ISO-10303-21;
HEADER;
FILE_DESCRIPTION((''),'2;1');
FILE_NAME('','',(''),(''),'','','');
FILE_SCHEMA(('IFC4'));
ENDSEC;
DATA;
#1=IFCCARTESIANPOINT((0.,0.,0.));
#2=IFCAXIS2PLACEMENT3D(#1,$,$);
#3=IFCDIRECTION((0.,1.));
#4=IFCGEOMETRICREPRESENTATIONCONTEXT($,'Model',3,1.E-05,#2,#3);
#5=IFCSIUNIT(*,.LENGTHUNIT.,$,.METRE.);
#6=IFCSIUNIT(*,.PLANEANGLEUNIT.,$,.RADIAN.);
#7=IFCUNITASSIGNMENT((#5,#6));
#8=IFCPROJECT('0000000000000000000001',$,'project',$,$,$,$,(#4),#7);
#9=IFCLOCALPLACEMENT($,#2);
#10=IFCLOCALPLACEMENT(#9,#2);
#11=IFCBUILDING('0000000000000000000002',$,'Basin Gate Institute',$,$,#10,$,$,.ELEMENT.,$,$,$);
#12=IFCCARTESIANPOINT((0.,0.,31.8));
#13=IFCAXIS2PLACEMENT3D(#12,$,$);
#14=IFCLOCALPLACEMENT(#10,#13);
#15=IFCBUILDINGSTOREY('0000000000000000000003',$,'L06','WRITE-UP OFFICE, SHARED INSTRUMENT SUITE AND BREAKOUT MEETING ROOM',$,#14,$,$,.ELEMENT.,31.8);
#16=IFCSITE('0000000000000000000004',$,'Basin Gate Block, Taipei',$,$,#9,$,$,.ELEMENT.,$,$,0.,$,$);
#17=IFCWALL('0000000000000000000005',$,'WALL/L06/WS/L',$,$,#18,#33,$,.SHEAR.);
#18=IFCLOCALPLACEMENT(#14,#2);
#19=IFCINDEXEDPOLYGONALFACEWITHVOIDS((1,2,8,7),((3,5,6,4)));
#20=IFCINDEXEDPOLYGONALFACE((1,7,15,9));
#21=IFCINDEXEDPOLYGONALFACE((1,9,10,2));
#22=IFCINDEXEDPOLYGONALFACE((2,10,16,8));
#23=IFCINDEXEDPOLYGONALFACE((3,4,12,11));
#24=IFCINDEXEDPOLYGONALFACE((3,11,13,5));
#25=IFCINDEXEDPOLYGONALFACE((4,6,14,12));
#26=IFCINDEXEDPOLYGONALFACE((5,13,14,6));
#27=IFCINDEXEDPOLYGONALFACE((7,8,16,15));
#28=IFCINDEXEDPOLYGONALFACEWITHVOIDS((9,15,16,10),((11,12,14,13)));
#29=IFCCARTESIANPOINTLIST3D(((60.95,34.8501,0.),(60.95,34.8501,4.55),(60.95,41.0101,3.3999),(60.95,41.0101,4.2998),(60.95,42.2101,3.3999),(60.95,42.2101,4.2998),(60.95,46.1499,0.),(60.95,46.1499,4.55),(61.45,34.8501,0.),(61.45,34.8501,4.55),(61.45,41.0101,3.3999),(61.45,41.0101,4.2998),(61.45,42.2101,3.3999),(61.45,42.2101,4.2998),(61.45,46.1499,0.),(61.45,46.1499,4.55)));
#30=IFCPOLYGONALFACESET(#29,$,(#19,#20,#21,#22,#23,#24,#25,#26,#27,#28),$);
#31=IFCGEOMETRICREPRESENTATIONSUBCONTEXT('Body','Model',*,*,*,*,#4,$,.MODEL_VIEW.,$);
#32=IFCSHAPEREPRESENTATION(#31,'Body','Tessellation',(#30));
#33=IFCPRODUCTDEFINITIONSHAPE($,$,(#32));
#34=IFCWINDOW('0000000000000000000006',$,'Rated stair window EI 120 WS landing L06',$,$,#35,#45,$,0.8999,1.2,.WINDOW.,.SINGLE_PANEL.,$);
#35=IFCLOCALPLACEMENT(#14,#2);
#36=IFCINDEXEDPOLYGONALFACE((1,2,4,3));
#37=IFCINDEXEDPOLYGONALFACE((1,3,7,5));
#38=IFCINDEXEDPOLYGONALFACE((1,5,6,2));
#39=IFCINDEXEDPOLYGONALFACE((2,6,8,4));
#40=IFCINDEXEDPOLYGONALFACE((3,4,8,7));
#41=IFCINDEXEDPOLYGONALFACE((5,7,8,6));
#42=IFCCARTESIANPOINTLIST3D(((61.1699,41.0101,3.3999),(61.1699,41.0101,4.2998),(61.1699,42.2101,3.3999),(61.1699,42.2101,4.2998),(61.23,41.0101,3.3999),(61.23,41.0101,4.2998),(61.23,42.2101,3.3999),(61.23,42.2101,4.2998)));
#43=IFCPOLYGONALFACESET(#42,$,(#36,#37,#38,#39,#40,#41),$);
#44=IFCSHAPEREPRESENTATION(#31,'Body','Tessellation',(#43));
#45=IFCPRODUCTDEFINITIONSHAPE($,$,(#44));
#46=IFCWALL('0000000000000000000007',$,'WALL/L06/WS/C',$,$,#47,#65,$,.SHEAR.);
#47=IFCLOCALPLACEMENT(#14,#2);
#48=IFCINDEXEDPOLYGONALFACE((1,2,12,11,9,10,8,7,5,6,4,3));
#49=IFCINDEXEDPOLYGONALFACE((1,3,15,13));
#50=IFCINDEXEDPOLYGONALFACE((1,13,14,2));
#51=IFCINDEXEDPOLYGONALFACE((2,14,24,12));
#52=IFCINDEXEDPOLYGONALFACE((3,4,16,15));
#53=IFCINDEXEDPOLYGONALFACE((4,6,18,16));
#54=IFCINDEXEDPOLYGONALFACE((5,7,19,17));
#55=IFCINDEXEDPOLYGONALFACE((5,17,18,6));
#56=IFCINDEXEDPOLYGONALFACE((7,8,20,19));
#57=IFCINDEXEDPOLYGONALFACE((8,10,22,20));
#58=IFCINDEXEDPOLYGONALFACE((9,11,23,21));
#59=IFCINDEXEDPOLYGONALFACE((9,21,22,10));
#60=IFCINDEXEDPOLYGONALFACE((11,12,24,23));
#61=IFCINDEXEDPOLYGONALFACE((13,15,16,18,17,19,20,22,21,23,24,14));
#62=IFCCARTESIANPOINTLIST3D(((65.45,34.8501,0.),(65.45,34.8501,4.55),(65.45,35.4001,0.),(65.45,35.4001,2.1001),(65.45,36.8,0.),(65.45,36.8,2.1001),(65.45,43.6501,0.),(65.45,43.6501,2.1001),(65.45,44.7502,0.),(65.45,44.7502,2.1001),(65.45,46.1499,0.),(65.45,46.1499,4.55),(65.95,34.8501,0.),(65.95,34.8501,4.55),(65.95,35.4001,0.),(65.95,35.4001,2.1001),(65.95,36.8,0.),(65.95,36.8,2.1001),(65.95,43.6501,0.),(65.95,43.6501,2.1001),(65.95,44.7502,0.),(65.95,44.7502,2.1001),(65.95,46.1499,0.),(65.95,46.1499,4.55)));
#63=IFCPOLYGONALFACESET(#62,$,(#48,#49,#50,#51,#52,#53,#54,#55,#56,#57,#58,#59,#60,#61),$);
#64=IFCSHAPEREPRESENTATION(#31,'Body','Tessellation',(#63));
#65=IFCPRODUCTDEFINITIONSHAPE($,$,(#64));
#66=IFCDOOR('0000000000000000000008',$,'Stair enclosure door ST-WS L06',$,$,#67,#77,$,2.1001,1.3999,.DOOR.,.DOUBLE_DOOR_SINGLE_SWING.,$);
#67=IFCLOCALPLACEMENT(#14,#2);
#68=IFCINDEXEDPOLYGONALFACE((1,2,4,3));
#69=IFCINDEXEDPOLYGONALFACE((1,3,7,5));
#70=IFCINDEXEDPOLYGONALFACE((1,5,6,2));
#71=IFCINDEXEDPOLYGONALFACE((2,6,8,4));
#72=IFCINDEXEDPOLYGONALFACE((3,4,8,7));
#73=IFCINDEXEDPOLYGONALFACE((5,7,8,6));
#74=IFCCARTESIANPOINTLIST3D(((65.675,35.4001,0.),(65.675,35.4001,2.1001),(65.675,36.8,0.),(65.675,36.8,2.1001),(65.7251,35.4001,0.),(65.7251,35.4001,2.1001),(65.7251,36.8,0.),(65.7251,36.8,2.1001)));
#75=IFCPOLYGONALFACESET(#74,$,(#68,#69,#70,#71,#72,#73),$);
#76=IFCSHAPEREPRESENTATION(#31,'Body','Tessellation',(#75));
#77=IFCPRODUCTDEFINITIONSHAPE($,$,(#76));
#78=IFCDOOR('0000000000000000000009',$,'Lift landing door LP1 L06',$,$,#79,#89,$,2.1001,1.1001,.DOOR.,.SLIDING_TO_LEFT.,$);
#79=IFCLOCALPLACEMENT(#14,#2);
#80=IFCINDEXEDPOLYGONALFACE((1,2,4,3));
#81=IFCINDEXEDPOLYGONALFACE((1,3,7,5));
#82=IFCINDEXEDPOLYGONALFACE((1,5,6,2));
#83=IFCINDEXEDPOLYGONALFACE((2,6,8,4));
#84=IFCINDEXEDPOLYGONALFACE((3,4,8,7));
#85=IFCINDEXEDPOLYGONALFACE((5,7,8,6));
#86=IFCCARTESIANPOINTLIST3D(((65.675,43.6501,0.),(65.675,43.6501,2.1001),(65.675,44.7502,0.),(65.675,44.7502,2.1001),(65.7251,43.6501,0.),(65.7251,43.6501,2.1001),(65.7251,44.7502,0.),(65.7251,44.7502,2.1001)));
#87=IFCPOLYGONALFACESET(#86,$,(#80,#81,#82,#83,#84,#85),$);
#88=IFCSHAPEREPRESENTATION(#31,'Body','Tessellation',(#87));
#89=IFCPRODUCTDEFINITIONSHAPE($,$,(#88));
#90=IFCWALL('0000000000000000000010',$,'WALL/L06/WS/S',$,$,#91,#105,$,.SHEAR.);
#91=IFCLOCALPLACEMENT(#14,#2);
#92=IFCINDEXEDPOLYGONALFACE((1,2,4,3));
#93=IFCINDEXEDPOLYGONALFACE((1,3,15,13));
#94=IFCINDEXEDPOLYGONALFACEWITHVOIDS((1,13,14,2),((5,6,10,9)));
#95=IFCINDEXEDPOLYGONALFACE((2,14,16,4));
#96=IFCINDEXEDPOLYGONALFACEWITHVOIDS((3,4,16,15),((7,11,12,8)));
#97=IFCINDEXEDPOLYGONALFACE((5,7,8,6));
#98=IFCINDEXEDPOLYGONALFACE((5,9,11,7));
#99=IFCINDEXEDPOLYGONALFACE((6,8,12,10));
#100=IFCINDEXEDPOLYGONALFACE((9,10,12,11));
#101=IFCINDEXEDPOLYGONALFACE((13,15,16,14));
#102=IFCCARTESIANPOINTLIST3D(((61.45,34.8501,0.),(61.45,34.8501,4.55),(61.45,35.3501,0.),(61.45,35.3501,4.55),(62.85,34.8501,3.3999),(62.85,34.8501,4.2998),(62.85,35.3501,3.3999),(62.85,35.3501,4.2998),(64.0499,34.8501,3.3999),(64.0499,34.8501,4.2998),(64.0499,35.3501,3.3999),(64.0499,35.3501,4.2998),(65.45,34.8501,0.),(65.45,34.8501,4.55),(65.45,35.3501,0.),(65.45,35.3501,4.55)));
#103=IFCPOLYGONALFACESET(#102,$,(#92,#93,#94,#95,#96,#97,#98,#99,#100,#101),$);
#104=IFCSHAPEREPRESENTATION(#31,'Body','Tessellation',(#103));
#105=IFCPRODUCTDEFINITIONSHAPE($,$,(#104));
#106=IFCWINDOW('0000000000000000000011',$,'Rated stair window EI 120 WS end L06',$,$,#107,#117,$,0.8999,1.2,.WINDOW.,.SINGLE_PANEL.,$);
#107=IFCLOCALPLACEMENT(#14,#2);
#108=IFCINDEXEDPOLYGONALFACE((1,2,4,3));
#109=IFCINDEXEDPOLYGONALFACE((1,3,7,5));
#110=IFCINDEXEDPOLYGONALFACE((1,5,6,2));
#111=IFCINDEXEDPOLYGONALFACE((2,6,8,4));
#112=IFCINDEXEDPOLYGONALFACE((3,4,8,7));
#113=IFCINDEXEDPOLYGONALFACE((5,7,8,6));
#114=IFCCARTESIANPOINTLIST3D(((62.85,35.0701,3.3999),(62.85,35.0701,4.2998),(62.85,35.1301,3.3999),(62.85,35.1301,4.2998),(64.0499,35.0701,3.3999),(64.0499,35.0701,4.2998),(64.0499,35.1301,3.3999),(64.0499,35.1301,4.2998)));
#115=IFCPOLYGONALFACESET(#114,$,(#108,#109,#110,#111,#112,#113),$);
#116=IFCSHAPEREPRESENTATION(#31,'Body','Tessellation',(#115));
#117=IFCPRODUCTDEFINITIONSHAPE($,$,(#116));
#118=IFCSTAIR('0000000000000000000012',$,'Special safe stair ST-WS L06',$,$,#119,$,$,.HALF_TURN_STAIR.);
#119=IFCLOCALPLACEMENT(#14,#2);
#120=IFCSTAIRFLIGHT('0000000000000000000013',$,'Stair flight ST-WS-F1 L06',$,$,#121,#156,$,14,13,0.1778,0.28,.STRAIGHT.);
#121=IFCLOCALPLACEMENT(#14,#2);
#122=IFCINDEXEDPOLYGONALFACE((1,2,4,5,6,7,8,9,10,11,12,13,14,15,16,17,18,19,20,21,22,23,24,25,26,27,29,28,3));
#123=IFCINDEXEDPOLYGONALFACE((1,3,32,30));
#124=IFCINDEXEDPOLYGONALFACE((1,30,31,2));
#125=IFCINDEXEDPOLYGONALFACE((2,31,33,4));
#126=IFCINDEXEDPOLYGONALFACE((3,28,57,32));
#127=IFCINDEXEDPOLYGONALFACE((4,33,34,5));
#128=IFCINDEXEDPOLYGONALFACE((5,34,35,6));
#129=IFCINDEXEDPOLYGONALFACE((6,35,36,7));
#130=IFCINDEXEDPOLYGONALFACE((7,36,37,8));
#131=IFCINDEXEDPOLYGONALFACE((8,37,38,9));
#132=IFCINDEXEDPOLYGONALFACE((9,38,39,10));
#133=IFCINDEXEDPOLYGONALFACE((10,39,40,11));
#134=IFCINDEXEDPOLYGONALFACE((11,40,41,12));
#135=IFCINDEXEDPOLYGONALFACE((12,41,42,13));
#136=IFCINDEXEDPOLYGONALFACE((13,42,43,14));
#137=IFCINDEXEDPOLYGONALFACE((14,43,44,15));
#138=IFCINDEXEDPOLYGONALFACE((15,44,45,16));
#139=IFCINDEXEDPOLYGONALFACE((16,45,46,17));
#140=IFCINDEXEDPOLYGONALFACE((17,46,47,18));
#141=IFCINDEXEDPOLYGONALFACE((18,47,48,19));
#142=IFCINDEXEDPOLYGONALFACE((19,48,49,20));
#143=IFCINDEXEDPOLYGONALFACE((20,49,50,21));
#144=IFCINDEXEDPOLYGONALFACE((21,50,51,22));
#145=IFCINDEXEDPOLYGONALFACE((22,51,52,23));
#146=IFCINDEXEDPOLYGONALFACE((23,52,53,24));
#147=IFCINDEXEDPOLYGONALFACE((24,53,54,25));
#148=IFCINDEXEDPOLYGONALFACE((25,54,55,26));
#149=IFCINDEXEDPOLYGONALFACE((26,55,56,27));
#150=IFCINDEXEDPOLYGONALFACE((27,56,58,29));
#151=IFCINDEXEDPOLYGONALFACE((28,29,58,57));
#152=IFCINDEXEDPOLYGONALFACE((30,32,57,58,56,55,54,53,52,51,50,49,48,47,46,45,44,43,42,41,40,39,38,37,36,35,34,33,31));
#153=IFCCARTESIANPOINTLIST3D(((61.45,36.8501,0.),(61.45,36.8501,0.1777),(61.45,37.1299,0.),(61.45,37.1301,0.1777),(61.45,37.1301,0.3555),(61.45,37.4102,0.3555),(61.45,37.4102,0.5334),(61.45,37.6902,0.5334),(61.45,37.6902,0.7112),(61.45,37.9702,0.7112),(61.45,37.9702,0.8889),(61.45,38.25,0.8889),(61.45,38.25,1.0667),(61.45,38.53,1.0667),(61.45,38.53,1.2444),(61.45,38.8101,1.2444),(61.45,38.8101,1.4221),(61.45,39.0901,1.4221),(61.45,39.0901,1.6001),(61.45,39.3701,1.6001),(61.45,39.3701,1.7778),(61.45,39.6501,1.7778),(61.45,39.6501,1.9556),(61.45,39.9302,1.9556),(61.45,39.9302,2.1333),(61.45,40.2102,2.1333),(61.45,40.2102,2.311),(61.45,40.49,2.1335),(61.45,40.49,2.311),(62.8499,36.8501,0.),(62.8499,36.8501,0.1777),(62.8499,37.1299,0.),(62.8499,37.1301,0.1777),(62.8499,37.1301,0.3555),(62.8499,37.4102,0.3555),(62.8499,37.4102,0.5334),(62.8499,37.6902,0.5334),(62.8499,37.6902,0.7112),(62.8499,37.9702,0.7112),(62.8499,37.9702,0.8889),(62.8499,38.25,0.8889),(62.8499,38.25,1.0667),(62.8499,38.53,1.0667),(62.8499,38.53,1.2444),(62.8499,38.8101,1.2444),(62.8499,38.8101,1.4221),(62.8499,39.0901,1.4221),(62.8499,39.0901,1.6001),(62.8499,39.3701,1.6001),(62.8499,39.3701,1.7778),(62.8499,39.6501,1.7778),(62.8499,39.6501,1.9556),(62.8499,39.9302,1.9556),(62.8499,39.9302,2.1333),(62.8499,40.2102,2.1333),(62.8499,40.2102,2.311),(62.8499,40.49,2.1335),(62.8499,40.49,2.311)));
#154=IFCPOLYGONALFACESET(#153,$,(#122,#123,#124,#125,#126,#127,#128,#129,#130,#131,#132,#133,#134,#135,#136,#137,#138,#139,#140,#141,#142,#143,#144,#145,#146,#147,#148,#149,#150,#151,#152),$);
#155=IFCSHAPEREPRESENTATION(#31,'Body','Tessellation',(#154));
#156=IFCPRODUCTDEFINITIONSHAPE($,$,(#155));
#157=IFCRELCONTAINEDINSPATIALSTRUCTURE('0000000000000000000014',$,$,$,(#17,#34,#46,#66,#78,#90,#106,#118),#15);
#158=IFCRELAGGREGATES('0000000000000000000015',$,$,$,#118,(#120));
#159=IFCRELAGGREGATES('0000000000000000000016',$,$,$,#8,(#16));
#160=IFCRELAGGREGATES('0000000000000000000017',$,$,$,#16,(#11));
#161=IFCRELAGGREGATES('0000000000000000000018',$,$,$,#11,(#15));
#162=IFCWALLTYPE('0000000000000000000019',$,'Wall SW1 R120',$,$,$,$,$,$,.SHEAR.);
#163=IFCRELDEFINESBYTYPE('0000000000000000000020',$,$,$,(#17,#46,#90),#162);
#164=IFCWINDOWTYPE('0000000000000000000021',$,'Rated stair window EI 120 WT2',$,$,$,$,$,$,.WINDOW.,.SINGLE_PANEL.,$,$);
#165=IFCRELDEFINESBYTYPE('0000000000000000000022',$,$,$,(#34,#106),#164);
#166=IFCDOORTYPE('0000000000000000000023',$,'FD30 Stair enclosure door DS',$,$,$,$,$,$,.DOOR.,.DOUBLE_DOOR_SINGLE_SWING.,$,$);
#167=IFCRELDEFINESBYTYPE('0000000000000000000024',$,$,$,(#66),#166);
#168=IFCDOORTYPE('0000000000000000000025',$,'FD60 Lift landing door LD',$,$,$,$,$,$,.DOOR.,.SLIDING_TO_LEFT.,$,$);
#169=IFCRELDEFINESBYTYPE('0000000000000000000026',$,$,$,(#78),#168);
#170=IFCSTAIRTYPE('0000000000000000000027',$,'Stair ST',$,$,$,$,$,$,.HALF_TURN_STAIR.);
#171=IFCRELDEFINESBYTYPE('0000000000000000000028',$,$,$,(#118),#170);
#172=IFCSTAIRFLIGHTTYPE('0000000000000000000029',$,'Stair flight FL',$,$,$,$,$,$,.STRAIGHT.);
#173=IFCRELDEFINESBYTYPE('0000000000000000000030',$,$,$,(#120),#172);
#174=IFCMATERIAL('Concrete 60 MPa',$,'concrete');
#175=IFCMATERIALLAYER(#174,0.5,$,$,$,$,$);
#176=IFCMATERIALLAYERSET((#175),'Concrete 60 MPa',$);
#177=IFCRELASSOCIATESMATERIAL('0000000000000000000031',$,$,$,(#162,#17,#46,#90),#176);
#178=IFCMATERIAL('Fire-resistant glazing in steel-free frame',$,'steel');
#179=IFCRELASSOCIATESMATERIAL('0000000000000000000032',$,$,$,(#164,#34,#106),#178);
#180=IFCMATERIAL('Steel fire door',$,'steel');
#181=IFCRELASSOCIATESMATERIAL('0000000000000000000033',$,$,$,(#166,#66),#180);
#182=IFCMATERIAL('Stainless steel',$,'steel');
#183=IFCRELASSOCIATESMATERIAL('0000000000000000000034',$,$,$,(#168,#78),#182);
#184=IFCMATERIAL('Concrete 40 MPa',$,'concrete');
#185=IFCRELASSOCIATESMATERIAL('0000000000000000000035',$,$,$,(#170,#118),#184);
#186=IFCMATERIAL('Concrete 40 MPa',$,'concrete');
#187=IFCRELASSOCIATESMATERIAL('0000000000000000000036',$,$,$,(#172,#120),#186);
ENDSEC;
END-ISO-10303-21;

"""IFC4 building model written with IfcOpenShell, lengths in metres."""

from ifc_helpers import new_model, si_unit, direction, frame, frame_2d, origin, place, context, subcontext, project, spatial, polyline, rectangle, outline, extrude, material, layer, layer_set, type_object, element, fill, aggregate, save


model = new_model("IFC4")

# Units and contexts
model_context = context("Model", 3, precision=1e-05, world=origin(), true_north=direction((0.0, 1.0)))
body_context = subcontext(model_context, "Body", "Model", "MODEL_VIEW")
ifc_project = project(units=[si_unit("LENGTHUNIT", "METRE"), si_unit("PLANEANGLEUNIT", "RADIAN")], contexts=[model_context])

# Site, building, storey
site_placement = place(None, origin())
site = spatial("IfcSite", under=ifc_project, at=site_placement, Name="Basin Gate Block, Taipei", CompositionType="ELEMENT", RefElevation=0.0)
building_placement = place(site_placement, origin())
building = spatial("IfcBuilding", under=site, at=building_placement, Name="Basin Gate Institute", CompositionType="ELEMENT")
storey_placement = place(building_placement, frame((0.0, 0.0, 31.8)))
storey = spatial("IfcBuildingStorey", under=building, at=storey_placement, Name="L06", Description="WRITE-UP OFFICE, SHARED INSTRUMENT SUITE AND BREAKOUT MEETING ROOM", CompositionType="ELEMENT", Elevation=31.8)

# Wall, opening, window
ifc_material_1 = material(Name="Concrete 60 MPa", Category="concrete")
ifc_layer_1 = layer(ifc_material_1, 0.5)
ifc_layer_set_1 = layer_set([ifc_layer_1], Name="Concrete 60 MPa")
wall_type_1 = type_object("IfcWallType", Name="Wall SW1 R120", PredefinedType="SHEAR", material=ifc_layer_set_1)
wall_1_placement = place(storey_placement, frame((61.2, 34.8501, 0.0), z_axis=(0.0, 0.0, 1.0), x_axis=(0.0, 1.0, 0.0)))
wall_1 = element("IfcWall", 1, at=wall_1_placement, inside=storey, type_object=wall_type_1, material=ifc_layer_set_1, Name="WALL/L06/WS/L", PredefinedType="SHEAR", context=body_context, shape_type="SweptSolid", body=[
    extrude(rectangle(XDim=11.2998, YDim=0.5, at=frame_2d((5.6499, 0.0))), origin(), (0.0, 0.0, 1.0), 4.55),
])
opening_1_placement = place(wall_1_placement, frame((6.1599, 0.0, 3.3999)))
opening_1 = element("IfcOpeningElement", 2, at=opening_1_placement, cuts=wall_1, PredefinedType="OPENING", context=body_context, shape_type="SweptSolid", body=[
    extrude(rectangle(XDim=1.2, YDim=0.8999, at=frame_2d((0.6001, 0.45))), frame((0.0, 0.26, 0.0), z_axis=(0.0, -1.0, 0.0), x_axis=(1.0, 0.0, 0.0)), (0.0, 0.0, 1.0), 0.52),
])
ifc_material_2 = material(Name="Fire-resistant glazing in steel-free frame", Category="steel")
window_type_1 = type_object("IfcWindowType", Name="Rated stair window EI 120 WT2", PartitioningType="SINGLE_PANEL", PredefinedType="WINDOW", material=ifc_material_2)
window_1_placement = place(opening_1_placement, origin())
window_1 = element("IfcWindow", 3, at=window_1_placement, inside=storey, type_object=window_type_1, material=ifc_material_2, Name="Rated stair window EI 120 WS landing L06", OverallHeight=0.8999, OverallWidth=1.2, PartitioningType="SINGLE_PANEL", PredefinedType="WINDOW", context=body_context, shape_type="SweptSolid", body=[
    extrude(rectangle(XDim=1.2, YDim=0.8999, at=frame_2d((0.6001, 0.45))), frame((0.0, 0.03, 0.0), z_axis=(0.0, -1.0, 0.0), x_axis=(1.0, 0.0, 0.0)), (0.0, 0.0, 1.0), 0.0601),
])
fill(opening_1, window_1)

# Wall, openings, doors
wall_2_placement = place(storey_placement, frame((65.7, 34.8501, 0.0), z_axis=(0.0, 0.0, 1.0), x_axis=(0.0, 1.0, 0.0)))
wall_2 = element("IfcWall", 4, at=wall_2_placement, inside=storey, type_object=wall_type_1, material=ifc_layer_set_1, Name="WALL/L06/WS/C", PredefinedType="SHEAR", context=body_context, shape_type="SweptSolid", body=[
    extrude(rectangle(XDim=11.2998, YDim=0.5, at=frame_2d((5.6499, 0.0))), origin(), (0.0, 0.0, 1.0), 4.55),
])
opening_2_placement = place(wall_2_placement, frame((0.55, 0.0, 0.0)))
opening_2 = element("IfcOpeningElement", 5, at=opening_2_placement, cuts=wall_2, PredefinedType="OPENING", context=body_context, shape_type="SweptSolid", body=[
    extrude(rectangle(XDim=1.3999, YDim=2.1001, at=frame_2d((0.7, 1.05))), frame((0.0, 0.26, 0.0), z_axis=(0.0, -1.0, 0.0), x_axis=(1.0, 0.0, 0.0)), (0.0, 0.0, 1.0), 0.52),
])
opening_3_placement = place(wall_2_placement, frame((8.8, 0.0, 0.0)))
opening_3 = element("IfcOpeningElement", 6, at=opening_3_placement, cuts=wall_2, PredefinedType="OPENING", context=body_context, shape_type="SweptSolid", body=[
    extrude(rectangle(XDim=1.1001, YDim=2.1001, at=frame_2d((0.55, 1.05))), frame((0.0, 0.26, 0.0), z_axis=(0.0, -1.0, 0.0), x_axis=(1.0, 0.0, 0.0)), (0.0, 0.0, 1.0), 0.52),
])
ifc_material_3 = material(Name="Steel fire door", Category="steel")
door_type_1 = type_object("IfcDoorType", Name="FD30 Stair enclosure door DS", OperationType="DOUBLE_DOOR_SINGLE_SWING", PredefinedType="DOOR", material=ifc_material_3)
door_1_placement = place(opening_2_placement, origin())
door_1 = element("IfcDoor", 7, at=door_1_placement, inside=storey, type_object=door_type_1, material=ifc_material_3, Name="Stair enclosure door ST-WS L06", OperationType="DOUBLE_DOOR_SINGLE_SWING", OverallHeight=2.1001, OverallWidth=1.3999, PredefinedType="DOOR", context=body_context, shape_type="SweptSolid", body=[
    extrude(rectangle(XDim=1.3999, YDim=2.1001, at=frame_2d((0.7, 1.05))), frame((0.0, 0.0249, 0.0), z_axis=(0.0, -1.0, 0.0), x_axis=(1.0, 0.0, 0.0)), (0.0, 0.0, 1.0), 0.05),
])
fill(opening_2, door_1)
ifc_material_4 = material(Name="Stainless steel", Category="steel")
door_type_2 = type_object("IfcDoorType", Name="FD60 Lift landing door LD", OperationType="SLIDING_TO_LEFT", PredefinedType="DOOR", material=ifc_material_4)
door_2_placement = place(opening_3_placement, origin())
door_2 = element("IfcDoor", 8, at=door_2_placement, inside=storey, type_object=door_type_2, material=ifc_material_4, Name="Lift landing door LP1 L06", OperationType="SLIDING_TO_LEFT", OverallHeight=2.1001, OverallWidth=1.1001, PredefinedType="DOOR", context=body_context, shape_type="SweptSolid", body=[
    extrude(rectangle(XDim=1.1001, YDim=2.1001, at=frame_2d((0.55, 1.05))), frame((0.0, 0.0249, 0.0), z_axis=(0.0, -1.0, 0.0), x_axis=(1.0, 0.0, 0.0)), (0.0, 0.0, 1.0), 0.05),
])
fill(opening_3, door_2)

# Wall, opening, window
wall_3_placement = place(storey_placement, frame((61.45, 35.1001, 0.0), z_axis=(0.0, 0.0, 1.0), x_axis=(1.0, 0.0, 0.0)))
wall_3 = element("IfcWall", 9, at=wall_3_placement, inside=storey, type_object=wall_type_1, material=ifc_layer_set_1, Name="WALL/L06/WS/S", PredefinedType="SHEAR", context=body_context, shape_type="SweptSolid", body=[
    extrude(rectangle(XDim=4.0, YDim=0.5, at=frame_2d((2.0, 0.0))), origin(), (0.0, 0.0, 1.0), 4.55),
])
opening_4_placement = place(wall_3_placement, frame((1.3999, 0.0, 3.3999)))
opening_4 = element("IfcOpeningElement", 10, at=opening_4_placement, cuts=wall_3, PredefinedType="OPENING", context=body_context, shape_type="SweptSolid", body=[
    extrude(rectangle(XDim=1.2, YDim=0.8999, at=frame_2d((0.6001, 0.45))), frame((0.0, 0.26, 0.0), z_axis=(0.0, -1.0, 0.0), x_axis=(1.0, 0.0, 0.0)), (0.0, 0.0, 1.0), 0.52),
])
window_2_placement = place(opening_4_placement, origin())
window_2 = element("IfcWindow", 11, at=window_2_placement, inside=storey, type_object=window_type_1, material=ifc_material_2, Name="Rated stair window EI 120 WS end L06", OverallHeight=0.8999, OverallWidth=1.2, PartitioningType="SINGLE_PANEL", PredefinedType="WINDOW", context=body_context, shape_type="SweptSolid", body=[
    extrude(rectangle(XDim=1.2, YDim=0.8999, at=frame_2d((0.6001, 0.45))), frame((0.0, 0.03, 0.0), z_axis=(0.0, -1.0, 0.0), x_axis=(1.0, 0.0, 0.0)), (0.0, 0.0, 1.0), 0.0601),
])
fill(opening_4, window_2)

# Stair, stair flight
ifc_material_5 = material(Name="Concrete 40 MPa", Category="concrete")
stair_type = type_object("IfcStairType", Name="Stair ST", PredefinedType="HALF_TURN_STAIR", material=ifc_material_5)
stair_placement = place(storey_placement, origin())
stair = element("IfcStair", 12, at=stair_placement, inside=storey, type_object=stair_type, material=ifc_material_5, Name="Special safe stair ST-WS L06", PredefinedType="HALF_TURN_STAIR")
ifc_material_6 = material(Name="Concrete 40 MPa", Category="concrete")
stair_flight_type = type_object("IfcStairFlightType", Name="Stair flight FL", PredefinedType="STRAIGHT", material=ifc_material_6)
stair_flight_1_placement = place(storey_placement, frame((62.1499, 36.8501, 0.0), z_axis=(0.0, 0.0, 1.0), x_axis=(0.0, 1.0, 0.0)))
stair_flight_1 = element("IfcStairFlight", 13, at=stair_flight_1_placement, type_object=stair_flight_type, material=ifc_material_6, Name="Stair flight ST-WS-F1 L06", NumberOfRisers=14, NumberOfTreads=13, PredefinedType="STRAIGHT", RiserHeight=0.1778, TreadLength=0.28, context=body_context, shape_type="SweptSolid", body=[
    extrude(outline(polyline([(0.0, 0.0), (0.0, 0.1777), (0.28, 0.1777), (0.28, 0.3555), (0.5601, 0.3555), (0.5601, 0.5334), (0.8401, 0.5334), (0.8401, 0.7112), (1.1201, 0.7112), (1.1201, 0.8889), (1.3999, 0.8889), (1.3999, 1.0667), (1.6799, 1.0667), (1.6799, 1.2444), (1.96, 1.2444), (1.96, 1.4221), (2.24, 1.4221), (2.24, 1.6001), (2.52, 1.6001), (2.52, 1.7778), (2.8, 1.7778), (2.8, 1.9556), (3.0801, 1.9556), (3.0801, 2.1333), (3.3601, 2.1333), (3.3601, 2.311), (3.6399, 2.311), (3.6399, 2.4888), (3.6399, 2.1335), (0.2798, 0.0), (0.0, 0.0)])), frame((0.0, 0.7, 0.0), z_axis=(0.0, -1.0, 0.0), x_axis=(1.0, 0.0, 0.0)), (0.0, 0.0, 1.0), 1.3999),
])
aggregate(stair, [stair_flight_1])

save(model, "model.ifc")
